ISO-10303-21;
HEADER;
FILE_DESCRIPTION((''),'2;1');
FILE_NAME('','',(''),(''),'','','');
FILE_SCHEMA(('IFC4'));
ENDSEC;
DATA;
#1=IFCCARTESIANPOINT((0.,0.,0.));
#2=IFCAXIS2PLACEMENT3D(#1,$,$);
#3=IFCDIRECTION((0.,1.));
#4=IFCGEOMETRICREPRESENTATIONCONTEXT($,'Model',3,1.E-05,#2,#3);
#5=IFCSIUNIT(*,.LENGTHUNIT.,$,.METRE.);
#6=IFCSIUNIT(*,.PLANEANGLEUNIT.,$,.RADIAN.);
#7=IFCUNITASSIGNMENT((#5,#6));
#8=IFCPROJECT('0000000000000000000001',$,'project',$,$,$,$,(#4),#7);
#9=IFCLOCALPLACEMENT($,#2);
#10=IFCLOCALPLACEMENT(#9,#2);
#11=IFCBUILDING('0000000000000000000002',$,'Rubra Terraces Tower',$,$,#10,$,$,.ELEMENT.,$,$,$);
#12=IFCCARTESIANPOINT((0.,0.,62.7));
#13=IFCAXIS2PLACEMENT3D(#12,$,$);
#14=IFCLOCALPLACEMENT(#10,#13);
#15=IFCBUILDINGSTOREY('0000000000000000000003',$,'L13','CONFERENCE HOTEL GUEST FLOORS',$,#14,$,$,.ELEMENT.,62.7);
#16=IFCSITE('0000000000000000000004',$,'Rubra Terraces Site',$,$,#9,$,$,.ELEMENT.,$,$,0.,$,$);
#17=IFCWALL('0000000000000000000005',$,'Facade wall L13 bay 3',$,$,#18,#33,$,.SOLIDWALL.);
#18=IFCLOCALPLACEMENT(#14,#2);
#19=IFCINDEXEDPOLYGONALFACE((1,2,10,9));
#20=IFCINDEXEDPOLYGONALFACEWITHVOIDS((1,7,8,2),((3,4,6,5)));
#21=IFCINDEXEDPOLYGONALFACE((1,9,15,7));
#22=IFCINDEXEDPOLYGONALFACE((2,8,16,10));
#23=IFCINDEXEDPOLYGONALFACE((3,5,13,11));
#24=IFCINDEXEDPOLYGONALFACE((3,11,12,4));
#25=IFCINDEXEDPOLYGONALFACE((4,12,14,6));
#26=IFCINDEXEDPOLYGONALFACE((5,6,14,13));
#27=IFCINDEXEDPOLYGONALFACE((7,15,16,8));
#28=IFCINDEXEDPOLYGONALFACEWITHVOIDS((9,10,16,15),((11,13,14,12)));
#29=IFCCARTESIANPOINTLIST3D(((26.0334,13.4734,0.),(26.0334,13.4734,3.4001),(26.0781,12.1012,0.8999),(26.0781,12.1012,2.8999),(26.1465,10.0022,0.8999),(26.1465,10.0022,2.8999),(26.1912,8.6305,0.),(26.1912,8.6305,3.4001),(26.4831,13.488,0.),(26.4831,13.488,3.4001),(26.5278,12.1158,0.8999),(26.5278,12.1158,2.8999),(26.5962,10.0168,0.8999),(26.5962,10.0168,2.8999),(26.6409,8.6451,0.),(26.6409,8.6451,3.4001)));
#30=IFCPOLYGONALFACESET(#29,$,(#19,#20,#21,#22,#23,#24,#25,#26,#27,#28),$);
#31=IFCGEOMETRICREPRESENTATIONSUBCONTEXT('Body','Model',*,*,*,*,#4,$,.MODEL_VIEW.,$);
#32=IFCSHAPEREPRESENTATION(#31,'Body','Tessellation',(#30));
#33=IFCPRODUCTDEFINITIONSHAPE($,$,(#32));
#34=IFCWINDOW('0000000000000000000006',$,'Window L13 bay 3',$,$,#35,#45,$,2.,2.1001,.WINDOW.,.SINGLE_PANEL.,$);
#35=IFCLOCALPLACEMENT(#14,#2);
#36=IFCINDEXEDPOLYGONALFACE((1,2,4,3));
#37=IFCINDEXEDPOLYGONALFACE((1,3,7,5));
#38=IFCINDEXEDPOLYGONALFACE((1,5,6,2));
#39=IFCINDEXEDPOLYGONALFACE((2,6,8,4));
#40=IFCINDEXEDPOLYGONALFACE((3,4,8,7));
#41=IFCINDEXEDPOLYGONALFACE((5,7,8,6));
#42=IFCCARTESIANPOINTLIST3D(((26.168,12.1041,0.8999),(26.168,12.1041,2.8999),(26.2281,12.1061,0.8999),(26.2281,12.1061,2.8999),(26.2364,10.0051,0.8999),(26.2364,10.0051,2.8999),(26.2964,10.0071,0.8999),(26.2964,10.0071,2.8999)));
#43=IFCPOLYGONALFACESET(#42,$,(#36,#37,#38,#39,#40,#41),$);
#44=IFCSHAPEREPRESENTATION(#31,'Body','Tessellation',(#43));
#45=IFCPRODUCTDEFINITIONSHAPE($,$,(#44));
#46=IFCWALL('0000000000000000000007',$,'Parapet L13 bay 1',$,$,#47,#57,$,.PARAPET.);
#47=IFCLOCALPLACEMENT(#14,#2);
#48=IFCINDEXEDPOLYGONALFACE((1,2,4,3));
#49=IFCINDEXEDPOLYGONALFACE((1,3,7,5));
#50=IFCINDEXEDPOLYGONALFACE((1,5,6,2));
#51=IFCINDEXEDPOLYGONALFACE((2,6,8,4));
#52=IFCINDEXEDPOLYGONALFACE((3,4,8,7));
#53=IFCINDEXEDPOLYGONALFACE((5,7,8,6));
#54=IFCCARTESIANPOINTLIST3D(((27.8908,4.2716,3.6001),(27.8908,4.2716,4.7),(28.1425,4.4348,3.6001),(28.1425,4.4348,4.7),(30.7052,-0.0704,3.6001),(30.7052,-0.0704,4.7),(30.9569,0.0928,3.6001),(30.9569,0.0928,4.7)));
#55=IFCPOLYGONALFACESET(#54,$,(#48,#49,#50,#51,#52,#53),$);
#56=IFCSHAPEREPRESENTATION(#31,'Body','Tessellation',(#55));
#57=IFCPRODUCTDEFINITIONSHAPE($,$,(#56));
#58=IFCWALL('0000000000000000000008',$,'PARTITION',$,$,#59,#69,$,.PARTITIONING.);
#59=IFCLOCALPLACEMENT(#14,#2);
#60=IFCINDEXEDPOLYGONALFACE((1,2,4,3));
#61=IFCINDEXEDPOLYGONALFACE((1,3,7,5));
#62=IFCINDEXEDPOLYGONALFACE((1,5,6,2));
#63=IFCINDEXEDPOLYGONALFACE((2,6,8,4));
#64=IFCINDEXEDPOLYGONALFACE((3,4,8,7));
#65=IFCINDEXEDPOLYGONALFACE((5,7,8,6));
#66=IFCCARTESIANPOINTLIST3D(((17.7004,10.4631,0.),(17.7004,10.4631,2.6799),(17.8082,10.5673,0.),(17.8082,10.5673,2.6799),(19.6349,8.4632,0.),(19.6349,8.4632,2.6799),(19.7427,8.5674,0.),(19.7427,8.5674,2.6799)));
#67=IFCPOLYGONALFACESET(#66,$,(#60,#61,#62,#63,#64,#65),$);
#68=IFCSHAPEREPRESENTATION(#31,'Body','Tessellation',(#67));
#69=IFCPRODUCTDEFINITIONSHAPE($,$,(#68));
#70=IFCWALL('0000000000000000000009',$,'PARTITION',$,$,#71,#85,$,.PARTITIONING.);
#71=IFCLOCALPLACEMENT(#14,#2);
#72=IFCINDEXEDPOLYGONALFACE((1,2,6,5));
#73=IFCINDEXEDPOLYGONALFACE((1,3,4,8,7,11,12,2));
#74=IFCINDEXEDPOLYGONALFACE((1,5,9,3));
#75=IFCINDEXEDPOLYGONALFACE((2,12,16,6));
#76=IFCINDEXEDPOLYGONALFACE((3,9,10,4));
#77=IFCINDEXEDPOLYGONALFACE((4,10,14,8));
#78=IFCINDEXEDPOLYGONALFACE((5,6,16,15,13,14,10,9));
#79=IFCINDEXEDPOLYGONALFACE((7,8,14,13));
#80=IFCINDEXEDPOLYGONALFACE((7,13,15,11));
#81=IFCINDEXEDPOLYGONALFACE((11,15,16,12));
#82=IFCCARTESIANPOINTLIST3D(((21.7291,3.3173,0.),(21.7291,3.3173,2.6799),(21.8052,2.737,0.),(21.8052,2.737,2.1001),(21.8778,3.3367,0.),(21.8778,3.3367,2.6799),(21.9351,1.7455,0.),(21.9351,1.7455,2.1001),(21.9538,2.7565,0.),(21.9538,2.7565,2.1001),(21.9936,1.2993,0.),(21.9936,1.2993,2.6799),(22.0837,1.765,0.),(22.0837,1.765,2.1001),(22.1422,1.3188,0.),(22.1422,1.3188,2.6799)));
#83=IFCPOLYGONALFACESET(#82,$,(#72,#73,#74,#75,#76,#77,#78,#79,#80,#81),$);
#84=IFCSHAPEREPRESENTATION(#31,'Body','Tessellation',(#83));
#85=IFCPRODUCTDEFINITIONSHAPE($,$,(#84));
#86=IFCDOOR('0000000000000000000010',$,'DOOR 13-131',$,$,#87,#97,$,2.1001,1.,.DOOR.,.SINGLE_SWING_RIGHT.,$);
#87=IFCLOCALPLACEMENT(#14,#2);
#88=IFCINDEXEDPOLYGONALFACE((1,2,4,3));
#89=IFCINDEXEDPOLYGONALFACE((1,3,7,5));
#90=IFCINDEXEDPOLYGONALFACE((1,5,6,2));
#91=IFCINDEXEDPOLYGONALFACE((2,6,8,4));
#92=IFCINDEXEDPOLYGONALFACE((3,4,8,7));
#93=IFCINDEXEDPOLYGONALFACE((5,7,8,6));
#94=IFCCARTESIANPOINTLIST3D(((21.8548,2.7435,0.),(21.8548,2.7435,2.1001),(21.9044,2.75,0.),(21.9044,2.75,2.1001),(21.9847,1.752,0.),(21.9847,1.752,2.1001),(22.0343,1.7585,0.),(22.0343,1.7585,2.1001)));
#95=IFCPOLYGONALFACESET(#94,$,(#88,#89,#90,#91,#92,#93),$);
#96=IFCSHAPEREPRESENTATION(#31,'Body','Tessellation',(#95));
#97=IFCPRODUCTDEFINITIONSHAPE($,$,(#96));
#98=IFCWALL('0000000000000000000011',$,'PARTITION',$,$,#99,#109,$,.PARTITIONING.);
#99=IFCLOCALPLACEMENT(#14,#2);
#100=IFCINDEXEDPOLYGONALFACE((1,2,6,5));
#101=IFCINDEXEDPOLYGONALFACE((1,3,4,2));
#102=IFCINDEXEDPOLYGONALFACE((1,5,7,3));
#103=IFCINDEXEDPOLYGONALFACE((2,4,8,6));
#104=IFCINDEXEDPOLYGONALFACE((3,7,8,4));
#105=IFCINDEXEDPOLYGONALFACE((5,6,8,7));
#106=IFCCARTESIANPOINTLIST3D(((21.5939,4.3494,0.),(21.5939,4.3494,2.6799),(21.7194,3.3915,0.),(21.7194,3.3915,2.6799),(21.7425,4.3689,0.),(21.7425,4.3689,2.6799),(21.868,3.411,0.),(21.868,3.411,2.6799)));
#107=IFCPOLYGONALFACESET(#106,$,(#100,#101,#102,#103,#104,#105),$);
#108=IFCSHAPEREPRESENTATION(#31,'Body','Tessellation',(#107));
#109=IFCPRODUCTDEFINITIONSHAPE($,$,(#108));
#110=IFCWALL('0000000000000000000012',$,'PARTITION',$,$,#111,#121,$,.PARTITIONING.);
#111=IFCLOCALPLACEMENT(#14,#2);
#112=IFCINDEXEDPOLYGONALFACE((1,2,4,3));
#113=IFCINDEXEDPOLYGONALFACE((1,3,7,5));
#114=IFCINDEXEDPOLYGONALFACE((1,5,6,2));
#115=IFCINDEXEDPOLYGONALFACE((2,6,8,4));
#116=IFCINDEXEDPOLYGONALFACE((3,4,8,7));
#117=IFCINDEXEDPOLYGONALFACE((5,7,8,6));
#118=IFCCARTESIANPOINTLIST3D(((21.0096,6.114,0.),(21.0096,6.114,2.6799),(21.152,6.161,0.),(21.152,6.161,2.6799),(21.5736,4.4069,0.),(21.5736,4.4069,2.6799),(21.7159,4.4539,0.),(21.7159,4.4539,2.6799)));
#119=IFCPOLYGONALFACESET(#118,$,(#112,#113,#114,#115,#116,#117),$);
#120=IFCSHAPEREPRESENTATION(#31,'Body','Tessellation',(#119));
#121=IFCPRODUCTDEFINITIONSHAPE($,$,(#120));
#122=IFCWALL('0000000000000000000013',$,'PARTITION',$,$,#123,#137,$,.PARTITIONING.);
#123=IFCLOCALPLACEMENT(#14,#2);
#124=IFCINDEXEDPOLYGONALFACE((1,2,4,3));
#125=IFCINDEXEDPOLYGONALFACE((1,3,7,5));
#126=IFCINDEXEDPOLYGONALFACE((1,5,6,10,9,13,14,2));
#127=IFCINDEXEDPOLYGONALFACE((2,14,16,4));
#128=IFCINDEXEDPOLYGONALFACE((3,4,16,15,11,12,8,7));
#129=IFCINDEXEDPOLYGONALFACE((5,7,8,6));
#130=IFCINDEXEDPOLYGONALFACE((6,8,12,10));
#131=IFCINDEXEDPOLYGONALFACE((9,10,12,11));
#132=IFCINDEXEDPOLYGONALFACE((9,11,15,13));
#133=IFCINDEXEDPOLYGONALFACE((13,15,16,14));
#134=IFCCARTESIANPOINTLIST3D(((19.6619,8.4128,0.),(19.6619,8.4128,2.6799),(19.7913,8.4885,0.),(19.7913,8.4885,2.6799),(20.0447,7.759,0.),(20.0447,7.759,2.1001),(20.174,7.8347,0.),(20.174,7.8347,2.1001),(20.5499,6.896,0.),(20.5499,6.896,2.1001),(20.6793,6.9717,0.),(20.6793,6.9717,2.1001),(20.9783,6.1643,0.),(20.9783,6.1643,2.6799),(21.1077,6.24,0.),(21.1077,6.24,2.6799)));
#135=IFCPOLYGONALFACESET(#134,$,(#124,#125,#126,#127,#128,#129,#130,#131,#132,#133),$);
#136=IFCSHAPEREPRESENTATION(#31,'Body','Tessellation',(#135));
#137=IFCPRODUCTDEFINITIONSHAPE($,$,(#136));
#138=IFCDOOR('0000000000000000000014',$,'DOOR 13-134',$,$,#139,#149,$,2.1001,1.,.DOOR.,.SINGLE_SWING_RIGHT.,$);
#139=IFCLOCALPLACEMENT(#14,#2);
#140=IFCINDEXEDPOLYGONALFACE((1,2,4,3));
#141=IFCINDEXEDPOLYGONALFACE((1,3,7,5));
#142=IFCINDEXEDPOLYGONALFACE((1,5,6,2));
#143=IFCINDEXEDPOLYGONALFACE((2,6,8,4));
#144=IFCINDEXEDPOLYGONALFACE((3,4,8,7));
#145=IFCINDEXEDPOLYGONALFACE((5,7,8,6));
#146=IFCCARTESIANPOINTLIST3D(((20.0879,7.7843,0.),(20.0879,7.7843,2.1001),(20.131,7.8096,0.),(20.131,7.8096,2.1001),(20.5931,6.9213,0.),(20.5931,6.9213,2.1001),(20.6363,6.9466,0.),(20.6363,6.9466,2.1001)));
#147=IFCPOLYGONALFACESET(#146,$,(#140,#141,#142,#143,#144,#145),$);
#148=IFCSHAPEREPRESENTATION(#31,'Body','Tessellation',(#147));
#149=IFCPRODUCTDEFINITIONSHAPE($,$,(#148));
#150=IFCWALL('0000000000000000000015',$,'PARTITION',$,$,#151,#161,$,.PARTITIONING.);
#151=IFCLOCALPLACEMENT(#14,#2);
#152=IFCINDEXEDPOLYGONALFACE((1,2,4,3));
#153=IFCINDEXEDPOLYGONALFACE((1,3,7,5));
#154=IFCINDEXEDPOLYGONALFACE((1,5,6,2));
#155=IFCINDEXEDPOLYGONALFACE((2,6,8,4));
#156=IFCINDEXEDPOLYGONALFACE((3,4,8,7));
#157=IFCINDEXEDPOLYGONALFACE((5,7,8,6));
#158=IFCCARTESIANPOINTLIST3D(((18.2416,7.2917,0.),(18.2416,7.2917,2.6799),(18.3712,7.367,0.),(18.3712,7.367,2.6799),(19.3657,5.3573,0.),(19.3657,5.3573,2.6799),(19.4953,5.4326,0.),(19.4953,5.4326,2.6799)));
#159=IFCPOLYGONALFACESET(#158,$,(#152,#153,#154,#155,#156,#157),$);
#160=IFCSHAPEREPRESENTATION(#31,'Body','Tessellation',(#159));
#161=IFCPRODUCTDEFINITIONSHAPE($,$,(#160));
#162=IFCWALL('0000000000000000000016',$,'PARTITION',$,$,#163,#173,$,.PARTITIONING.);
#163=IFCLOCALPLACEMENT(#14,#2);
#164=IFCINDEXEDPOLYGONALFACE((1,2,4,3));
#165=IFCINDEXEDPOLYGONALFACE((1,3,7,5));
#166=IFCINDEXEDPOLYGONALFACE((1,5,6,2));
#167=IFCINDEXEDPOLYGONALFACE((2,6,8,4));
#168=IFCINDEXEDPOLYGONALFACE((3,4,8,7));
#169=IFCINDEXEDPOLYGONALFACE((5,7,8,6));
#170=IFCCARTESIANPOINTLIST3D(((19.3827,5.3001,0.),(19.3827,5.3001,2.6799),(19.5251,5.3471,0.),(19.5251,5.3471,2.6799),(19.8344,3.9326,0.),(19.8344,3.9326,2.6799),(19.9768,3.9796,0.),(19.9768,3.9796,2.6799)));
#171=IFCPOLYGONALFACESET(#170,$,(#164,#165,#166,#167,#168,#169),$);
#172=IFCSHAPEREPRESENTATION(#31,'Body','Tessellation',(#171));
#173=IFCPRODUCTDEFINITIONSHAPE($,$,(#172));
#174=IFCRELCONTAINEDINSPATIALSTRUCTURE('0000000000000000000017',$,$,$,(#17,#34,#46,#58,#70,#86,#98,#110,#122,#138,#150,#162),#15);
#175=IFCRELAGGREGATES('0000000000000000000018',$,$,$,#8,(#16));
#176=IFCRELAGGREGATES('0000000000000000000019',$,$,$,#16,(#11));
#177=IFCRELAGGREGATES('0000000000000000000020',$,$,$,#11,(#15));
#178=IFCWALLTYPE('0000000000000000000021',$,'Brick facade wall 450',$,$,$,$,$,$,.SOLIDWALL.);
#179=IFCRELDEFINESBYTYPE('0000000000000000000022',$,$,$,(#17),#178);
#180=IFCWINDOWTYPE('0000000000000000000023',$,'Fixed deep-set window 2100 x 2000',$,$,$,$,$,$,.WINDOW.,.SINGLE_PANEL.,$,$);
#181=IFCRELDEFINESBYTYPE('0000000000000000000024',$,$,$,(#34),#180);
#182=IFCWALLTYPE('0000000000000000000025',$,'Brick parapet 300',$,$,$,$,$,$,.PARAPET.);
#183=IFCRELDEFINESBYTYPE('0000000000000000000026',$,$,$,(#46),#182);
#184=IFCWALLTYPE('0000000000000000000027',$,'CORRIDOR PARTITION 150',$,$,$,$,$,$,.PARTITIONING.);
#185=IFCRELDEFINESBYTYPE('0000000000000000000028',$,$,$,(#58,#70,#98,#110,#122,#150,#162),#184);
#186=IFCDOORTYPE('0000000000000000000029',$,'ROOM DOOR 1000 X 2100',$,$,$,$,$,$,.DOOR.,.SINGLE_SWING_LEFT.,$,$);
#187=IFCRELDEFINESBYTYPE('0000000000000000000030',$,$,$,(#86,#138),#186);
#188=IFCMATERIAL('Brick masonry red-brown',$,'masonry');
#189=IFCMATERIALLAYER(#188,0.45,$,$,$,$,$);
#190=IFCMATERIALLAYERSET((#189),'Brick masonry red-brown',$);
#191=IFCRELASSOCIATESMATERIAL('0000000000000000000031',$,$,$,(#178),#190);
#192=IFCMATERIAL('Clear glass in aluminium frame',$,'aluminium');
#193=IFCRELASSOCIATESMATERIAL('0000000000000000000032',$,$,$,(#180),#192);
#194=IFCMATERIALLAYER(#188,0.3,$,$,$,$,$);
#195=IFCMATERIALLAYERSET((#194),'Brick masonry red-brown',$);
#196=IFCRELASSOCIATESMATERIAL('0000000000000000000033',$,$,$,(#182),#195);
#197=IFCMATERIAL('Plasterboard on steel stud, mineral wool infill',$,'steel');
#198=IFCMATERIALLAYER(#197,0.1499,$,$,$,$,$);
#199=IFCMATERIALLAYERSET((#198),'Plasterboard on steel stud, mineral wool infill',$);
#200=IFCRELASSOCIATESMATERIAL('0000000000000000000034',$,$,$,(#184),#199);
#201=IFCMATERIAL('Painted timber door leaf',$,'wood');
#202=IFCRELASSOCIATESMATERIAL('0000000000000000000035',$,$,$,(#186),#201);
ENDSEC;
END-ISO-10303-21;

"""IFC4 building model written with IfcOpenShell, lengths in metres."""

from ifc_helpers import new_model, si_unit, direction, frame, frame_2d, origin, place, context, subcontext, project, spatial, rectangle, extrude, material, layer, layer_set, type_object, element, fill, save


model = new_model("IFC4")

# Units and contexts
model_context = context("Model", 3, precision=1e-05, world=origin(), true_north=direction((0.0, 1.0)))
body_context = subcontext(model_context, "Body", "Model", "MODEL_VIEW")
ifc_project = project(units=[si_unit("LENGTHUNIT", "METRE"), si_unit("PLANEANGLEUNIT", "RADIAN")], contexts=[model_context])

# Site, building, storey
site_placement = place(None, origin())
site = spatial("IfcSite", under=ifc_project, at=site_placement, Name="Rubra Terraces Site", CompositionType="ELEMENT", RefElevation=0.0)
building_placement = place(site_placement, origin())
building = spatial("IfcBuilding", under=site, at=building_placement, Name="Rubra Terraces Tower", CompositionType="ELEMENT")
storey_placement = place(building_placement, frame((0.0, 0.0, 62.7)))
storey = spatial("IfcBuildingStorey", under=building, at=storey_placement, Name="L13", Description="CONFERENCE HOTEL GUEST FLOORS", CompositionType="ELEMENT", Elevation=62.7)

# Wall, opening, window
ifc_material_1 = material(Name="Brick masonry red-brown", Category="masonry")
ifc_layer_1 = layer(ifc_material_1, 0.45)
ifc_layer_set_1 = layer_set([ifc_layer_1], Name="Brick masonry red-brown")
wall_type_1 = type_object("IfcWallType", Name="Brick facade wall 450", PredefinedType="SOLIDWALL", material=ifc_layer_set_1)
ifc_material_2 = material(Name="Clear glass in aluminium frame", Category="aluminium")
window_type = type_object("IfcWindowType", Name="Fixed deep-set window 2100 x 2000", PartitioningType="SINGLE_PANEL", PredefinedType="WINDOW", material=ifc_material_2)
wall_1_placement = place(storey_placement, frame((26.416, 8.6377, 0.0), z_axis=(0.0, 0.0, 1.0), x_axis=(-0.03255, 0.99947, 0.0)))
wall_1 = element("IfcWall", 1, at=wall_1_placement, inside=storey, type_object=wall_type_1, Name="Facade wall L13 bay 3", PredefinedType="SOLIDWALL", context=body_context, shape_type="SweptSolid", body=[
    extrude(rectangle(XDim=4.8455, YDim=0.45, at=frame_2d((2.4229, 0.0))), origin(), (0.0, 0.0, 1.0), 3.4001),
])
opening_1_placement = place(wall_1_placement, frame((1.3726, 0.0, 0.8999)))
opening_1 = element("IfcOpeningElement", 2, at=opening_1_placement, cuts=wall_1, PredefinedType="OPENING", context=body_context, shape_type="SweptSolid", body=[
    extrude(rectangle(XDim=2.1001, YDim=2.0, at=frame_2d((1.05, 1.0))), frame((0.0, 0.2349, 0.0), z_axis=(0.0, -1.0, 0.0), x_axis=(1.0, 0.0, 0.0)), (0.0, 0.0, 1.0), 0.47),
])
window_1_placement = place(opening_1_placement, origin())
window_1 = element("IfcWindow", 3, at=window_1_placement, inside=storey, type_object=window_type, Name="Window L13 bay 3", OverallHeight=2.0, OverallWidth=2.1001, PartitioningType="SINGLE_PANEL", PredefinedType="WINDOW", context=body_context, shape_type="SweptSolid", body=[
    extrude(rectangle(XDim=2.1001, YDim=2.0, at=frame_2d((1.05, 1.0))), frame((0.0, 0.135, 0.0), z_axis=(0.0, -1.0, 0.0), x_axis=(1.0, 0.0, 0.0)), (0.0, 0.0, 1.0), 0.0601),
])
fill(opening_1, window_1)

# Walls
ifc_layer_2 = layer(ifc_material_1, 0.3)
ifc_layer_set_2 = layer_set([ifc_layer_2], Name="Brick masonry red-brown")
wall_type_2 = type_object("IfcWallType", Name="Brick parapet 300", PredefinedType="PARAPET", material=ifc_layer_set_2)
wall_2_placement = place(storey_placement, frame((30.8311, 0.0112, 3.6001), z_axis=(0.0, 0.0, 1.0), x_axis=(-0.543918, 0.839138, 0.0)))
element("IfcWall", 4, at=wall_2_placement, inside=storey, type_object=wall_type_2, Name="Parapet L13 bay 1", PredefinedType="PARAPET", context=body_context, shape_type="SweptSolid", body=[
    extrude(rectangle(XDim=5.1743, YDim=0.3, at=frame_2d((2.5872, 0.0))), origin(), (0.0, 0.0, 1.0), 1.0999),
])
ifc_material_3 = material(Name="Plasterboard on steel stud, mineral wool infill", Category="steel")
ifc_layer_3 = layer(ifc_material_3, 0.1499)
ifc_layer_set_3 = layer_set([ifc_layer_3], Name="Plasterboard on steel stud, mineral wool infill")
wall_type_3 = type_object("IfcWallType", Name="CORRIDOR PARTITION 150", PredefinedType="PARTITIONING", material=ifc_layer_set_3)
wall_3_placement = place(storey_placement, frame((19.6887, 8.5154, 0.0), z_axis=(0.0, 0.0, 1.0), x_axis=(-0.695252, 0.718766, 0.0)))
element("IfcWall", 5, at=wall_3_placement, inside=storey, type_object=wall_type_3, Name="PARTITION", PredefinedType="PARTITIONING", context=body_context, shape_type="SweptSolid", body=[
    extrude(rectangle(XDim=2.7825, YDim=0.1499, at=frame_2d((1.3911, 0.0))), origin(), (0.0, 0.0, 1.0), 2.6799),
])

# Wall, opening, door
wall_4_placement = place(storey_placement, frame((22.0679, 1.3091, 0.0), z_axis=(0.0, 0.0, 1.0), x_axis=(-0.129924, 0.991524, 0.0)))
wall_4 = element("IfcWall", 6, at=wall_4_placement, inside=storey, type_object=wall_type_3, Name="PARTITION", PredefinedType="PARTITIONING", context=body_context, shape_type="SweptSolid", body=[
    extrude(rectangle(XDim=2.0352, YDim=0.1499, at=frame_2d((1.0176, 0.0))), origin(), (0.0, 0.0, 1.0), 2.6799),
])
opening_2_placement = place(wall_4_placement, frame((0.45, 0.0, 0.0)))
opening_2 = element("IfcOpeningElement", 7, at=opening_2_placement, cuts=wall_4, PredefinedType="OPENING", context=body_context, shape_type="SweptSolid", body=[
    extrude(rectangle(XDim=1.0, YDim=2.1001, at=frame_2d((0.5, 1.05))), frame((0.0, 0.085, 0.0), z_axis=(0.0, -1.0, 0.0), x_axis=(1.0, 0.0, 0.0)), (0.0, 0.0, 1.0), 0.1699),
])
ifc_material_4 = material(Name="Painted timber door leaf", Category="wood")
door_type_1 = type_object("IfcDoorType", Name="ROOM DOOR 1000 X 2100", OperationType="SINGLE_SWING_LEFT", PredefinedType="DOOR", material=ifc_material_4)
door_1_placement = place(opening_2_placement, origin())
door_1 = element("IfcDoor", 8, at=door_1_placement, inside=storey, type_object=door_type_1, Name="DOOR 13-131", OperationType="SINGLE_SWING_RIGHT", OverallHeight=2.1001, OverallWidth=1.0, PredefinedType="DOOR", context=body_context, shape_type="SweptSolid", body=[
    extrude(rectangle(XDim=1.0, YDim=2.1001, at=frame_2d((0.5, 1.05))), frame((0.0, 0.0249, 0.0), z_axis=(0.0, -1.0, 0.0), x_axis=(1.0, 0.0, 0.0)), (0.0, 0.0, 1.0), 0.05),
])
fill(opening_2, door_1)

# Walls
wall_5_placement = place(storey_placement, frame((21.7937, 3.4014, 0.0), z_axis=(0.0, 0.0, 1.0), x_axis=(-0.129912, 0.991526, 0.0)))
element("IfcWall", 9, at=wall_5_placement, inside=storey, type_object=wall_type_3, Name="PARTITION", PredefinedType="PARTITIONING", context=body_context, shape_type="SweptSolid", body=[
    extrude(rectangle(XDim=0.9661, YDim=0.1499, at=frame_2d((0.4829, 0.0))), origin(), (0.0, 0.0, 1.0), 2.6799),
])
wall_6_placement = place(storey_placement, frame((21.6448, 4.4304, 0.0), z_axis=(0.0, 0.0, 1.0), x_axis=(-0.313701, 0.949522, 0.0)))
element("IfcWall", 10, at=wall_6_placement, inside=storey, type_object=wall_type_3, Name="PARTITION", PredefinedType="PARTITIONING", context=body_context, shape_type="SweptSolid", body=[
    extrude(rectangle(XDim=1.7979, YDim=0.1499, at=frame_2d((0.8989, 0.0))), origin(), (0.0, 0.0, 1.0), 2.6799),
])

# Wall, opening, door
wall_7_placement = place(storey_placement, frame((21.043, 6.2021, 0.0), z_axis=(0.0, 0.0, 1.0), x_axis=(-0.505234, 0.862983, 0.0)))
wall_7 = element("IfcWall", 11, at=wall_7_placement, inside=storey, type_object=wall_type_3, Name="PARTITION", PredefinedType="PARTITIONING", context=body_context, shape_type="SweptSolid", body=[
    extrude(rectangle(XDim=2.6055, YDim=0.1499, at=frame_2d((1.3027, 0.0))), origin(), (0.0, 0.0, 1.0), 2.6799),
])
opening_3_placement = place(wall_7_placement, frame((0.8479, 0.0, 0.0)))
opening_3 = element("IfcOpeningElement", 12, at=opening_3_placement, cuts=wall_7, PredefinedType="OPENING", context=body_context, shape_type="SweptSolid", body=[
    extrude(rectangle(XDim=1.0, YDim=2.1001, at=frame_2d((0.5, 1.05))), frame((0.0, 0.085, 0.0), z_axis=(0.0, -1.0, 0.0), x_axis=(1.0, 0.0, 0.0)), (0.0, 0.0, 1.0), 0.1699),
])
door_2_placement = place(opening_3_placement, origin())
door_2 = element("IfcDoor", 13, at=door_2_placement, inside=storey, type_object=door_type_1, Name="DOOR 13-134", OperationType="SINGLE_SWING_RIGHT", OverallHeight=2.1001, OverallWidth=1.0, PredefinedType="DOOR", context=body_context, shape_type="SweptSolid", body=[
    extrude(rectangle(XDim=1.0, YDim=2.1001, at=frame_2d((0.5, 1.05))), frame((0.0, 0.0249, 0.0), z_axis=(0.0, -1.0, 0.0), x_axis=(1.0, 0.0, 0.0)), (0.0, 0.0, 1.0), 0.05),
])
fill(opening_3, door_2)

# Walls
wall_8_placement = place(storey_placement, frame((18.3064, 7.3293, 0.0), z_axis=(0.0, 0.0, 1.0), x_axis=(0.502425, -0.864621, 0.0)))
element("IfcWall", 14, at=wall_8_placement, inside=storey, type_object=wall_type_3, Name="PARTITION", PredefinedType="PARTITIONING", context=body_context, shape_type="SweptSolid", body=[
    extrude(rectangle(XDim=2.2373, YDim=0.1499, at=frame_2d((1.1187, 0.0))), origin(), (0.0, 0.0, 1.0), 2.6799),
])
wall_9_placement = place(storey_placement, frame((19.4539, 5.3237, 0.0), z_axis=(0.0, 0.0, 1.0), x_axis=(0.313633, -0.949544, 0.0)))
element("IfcWall", 15, at=wall_9_placement, inside=storey, type_object=wall_type_3, Name="PARTITION", PredefinedType="PARTITIONING", context=body_context, shape_type="SweptSolid", body=[
    extrude(rectangle(XDim=1.4402, YDim=0.1499, at=frame_2d((0.7202, 0.0))), origin(), (0.0, 0.0, 1.0), 2.6799),
])

save(model, "model.ifc")
